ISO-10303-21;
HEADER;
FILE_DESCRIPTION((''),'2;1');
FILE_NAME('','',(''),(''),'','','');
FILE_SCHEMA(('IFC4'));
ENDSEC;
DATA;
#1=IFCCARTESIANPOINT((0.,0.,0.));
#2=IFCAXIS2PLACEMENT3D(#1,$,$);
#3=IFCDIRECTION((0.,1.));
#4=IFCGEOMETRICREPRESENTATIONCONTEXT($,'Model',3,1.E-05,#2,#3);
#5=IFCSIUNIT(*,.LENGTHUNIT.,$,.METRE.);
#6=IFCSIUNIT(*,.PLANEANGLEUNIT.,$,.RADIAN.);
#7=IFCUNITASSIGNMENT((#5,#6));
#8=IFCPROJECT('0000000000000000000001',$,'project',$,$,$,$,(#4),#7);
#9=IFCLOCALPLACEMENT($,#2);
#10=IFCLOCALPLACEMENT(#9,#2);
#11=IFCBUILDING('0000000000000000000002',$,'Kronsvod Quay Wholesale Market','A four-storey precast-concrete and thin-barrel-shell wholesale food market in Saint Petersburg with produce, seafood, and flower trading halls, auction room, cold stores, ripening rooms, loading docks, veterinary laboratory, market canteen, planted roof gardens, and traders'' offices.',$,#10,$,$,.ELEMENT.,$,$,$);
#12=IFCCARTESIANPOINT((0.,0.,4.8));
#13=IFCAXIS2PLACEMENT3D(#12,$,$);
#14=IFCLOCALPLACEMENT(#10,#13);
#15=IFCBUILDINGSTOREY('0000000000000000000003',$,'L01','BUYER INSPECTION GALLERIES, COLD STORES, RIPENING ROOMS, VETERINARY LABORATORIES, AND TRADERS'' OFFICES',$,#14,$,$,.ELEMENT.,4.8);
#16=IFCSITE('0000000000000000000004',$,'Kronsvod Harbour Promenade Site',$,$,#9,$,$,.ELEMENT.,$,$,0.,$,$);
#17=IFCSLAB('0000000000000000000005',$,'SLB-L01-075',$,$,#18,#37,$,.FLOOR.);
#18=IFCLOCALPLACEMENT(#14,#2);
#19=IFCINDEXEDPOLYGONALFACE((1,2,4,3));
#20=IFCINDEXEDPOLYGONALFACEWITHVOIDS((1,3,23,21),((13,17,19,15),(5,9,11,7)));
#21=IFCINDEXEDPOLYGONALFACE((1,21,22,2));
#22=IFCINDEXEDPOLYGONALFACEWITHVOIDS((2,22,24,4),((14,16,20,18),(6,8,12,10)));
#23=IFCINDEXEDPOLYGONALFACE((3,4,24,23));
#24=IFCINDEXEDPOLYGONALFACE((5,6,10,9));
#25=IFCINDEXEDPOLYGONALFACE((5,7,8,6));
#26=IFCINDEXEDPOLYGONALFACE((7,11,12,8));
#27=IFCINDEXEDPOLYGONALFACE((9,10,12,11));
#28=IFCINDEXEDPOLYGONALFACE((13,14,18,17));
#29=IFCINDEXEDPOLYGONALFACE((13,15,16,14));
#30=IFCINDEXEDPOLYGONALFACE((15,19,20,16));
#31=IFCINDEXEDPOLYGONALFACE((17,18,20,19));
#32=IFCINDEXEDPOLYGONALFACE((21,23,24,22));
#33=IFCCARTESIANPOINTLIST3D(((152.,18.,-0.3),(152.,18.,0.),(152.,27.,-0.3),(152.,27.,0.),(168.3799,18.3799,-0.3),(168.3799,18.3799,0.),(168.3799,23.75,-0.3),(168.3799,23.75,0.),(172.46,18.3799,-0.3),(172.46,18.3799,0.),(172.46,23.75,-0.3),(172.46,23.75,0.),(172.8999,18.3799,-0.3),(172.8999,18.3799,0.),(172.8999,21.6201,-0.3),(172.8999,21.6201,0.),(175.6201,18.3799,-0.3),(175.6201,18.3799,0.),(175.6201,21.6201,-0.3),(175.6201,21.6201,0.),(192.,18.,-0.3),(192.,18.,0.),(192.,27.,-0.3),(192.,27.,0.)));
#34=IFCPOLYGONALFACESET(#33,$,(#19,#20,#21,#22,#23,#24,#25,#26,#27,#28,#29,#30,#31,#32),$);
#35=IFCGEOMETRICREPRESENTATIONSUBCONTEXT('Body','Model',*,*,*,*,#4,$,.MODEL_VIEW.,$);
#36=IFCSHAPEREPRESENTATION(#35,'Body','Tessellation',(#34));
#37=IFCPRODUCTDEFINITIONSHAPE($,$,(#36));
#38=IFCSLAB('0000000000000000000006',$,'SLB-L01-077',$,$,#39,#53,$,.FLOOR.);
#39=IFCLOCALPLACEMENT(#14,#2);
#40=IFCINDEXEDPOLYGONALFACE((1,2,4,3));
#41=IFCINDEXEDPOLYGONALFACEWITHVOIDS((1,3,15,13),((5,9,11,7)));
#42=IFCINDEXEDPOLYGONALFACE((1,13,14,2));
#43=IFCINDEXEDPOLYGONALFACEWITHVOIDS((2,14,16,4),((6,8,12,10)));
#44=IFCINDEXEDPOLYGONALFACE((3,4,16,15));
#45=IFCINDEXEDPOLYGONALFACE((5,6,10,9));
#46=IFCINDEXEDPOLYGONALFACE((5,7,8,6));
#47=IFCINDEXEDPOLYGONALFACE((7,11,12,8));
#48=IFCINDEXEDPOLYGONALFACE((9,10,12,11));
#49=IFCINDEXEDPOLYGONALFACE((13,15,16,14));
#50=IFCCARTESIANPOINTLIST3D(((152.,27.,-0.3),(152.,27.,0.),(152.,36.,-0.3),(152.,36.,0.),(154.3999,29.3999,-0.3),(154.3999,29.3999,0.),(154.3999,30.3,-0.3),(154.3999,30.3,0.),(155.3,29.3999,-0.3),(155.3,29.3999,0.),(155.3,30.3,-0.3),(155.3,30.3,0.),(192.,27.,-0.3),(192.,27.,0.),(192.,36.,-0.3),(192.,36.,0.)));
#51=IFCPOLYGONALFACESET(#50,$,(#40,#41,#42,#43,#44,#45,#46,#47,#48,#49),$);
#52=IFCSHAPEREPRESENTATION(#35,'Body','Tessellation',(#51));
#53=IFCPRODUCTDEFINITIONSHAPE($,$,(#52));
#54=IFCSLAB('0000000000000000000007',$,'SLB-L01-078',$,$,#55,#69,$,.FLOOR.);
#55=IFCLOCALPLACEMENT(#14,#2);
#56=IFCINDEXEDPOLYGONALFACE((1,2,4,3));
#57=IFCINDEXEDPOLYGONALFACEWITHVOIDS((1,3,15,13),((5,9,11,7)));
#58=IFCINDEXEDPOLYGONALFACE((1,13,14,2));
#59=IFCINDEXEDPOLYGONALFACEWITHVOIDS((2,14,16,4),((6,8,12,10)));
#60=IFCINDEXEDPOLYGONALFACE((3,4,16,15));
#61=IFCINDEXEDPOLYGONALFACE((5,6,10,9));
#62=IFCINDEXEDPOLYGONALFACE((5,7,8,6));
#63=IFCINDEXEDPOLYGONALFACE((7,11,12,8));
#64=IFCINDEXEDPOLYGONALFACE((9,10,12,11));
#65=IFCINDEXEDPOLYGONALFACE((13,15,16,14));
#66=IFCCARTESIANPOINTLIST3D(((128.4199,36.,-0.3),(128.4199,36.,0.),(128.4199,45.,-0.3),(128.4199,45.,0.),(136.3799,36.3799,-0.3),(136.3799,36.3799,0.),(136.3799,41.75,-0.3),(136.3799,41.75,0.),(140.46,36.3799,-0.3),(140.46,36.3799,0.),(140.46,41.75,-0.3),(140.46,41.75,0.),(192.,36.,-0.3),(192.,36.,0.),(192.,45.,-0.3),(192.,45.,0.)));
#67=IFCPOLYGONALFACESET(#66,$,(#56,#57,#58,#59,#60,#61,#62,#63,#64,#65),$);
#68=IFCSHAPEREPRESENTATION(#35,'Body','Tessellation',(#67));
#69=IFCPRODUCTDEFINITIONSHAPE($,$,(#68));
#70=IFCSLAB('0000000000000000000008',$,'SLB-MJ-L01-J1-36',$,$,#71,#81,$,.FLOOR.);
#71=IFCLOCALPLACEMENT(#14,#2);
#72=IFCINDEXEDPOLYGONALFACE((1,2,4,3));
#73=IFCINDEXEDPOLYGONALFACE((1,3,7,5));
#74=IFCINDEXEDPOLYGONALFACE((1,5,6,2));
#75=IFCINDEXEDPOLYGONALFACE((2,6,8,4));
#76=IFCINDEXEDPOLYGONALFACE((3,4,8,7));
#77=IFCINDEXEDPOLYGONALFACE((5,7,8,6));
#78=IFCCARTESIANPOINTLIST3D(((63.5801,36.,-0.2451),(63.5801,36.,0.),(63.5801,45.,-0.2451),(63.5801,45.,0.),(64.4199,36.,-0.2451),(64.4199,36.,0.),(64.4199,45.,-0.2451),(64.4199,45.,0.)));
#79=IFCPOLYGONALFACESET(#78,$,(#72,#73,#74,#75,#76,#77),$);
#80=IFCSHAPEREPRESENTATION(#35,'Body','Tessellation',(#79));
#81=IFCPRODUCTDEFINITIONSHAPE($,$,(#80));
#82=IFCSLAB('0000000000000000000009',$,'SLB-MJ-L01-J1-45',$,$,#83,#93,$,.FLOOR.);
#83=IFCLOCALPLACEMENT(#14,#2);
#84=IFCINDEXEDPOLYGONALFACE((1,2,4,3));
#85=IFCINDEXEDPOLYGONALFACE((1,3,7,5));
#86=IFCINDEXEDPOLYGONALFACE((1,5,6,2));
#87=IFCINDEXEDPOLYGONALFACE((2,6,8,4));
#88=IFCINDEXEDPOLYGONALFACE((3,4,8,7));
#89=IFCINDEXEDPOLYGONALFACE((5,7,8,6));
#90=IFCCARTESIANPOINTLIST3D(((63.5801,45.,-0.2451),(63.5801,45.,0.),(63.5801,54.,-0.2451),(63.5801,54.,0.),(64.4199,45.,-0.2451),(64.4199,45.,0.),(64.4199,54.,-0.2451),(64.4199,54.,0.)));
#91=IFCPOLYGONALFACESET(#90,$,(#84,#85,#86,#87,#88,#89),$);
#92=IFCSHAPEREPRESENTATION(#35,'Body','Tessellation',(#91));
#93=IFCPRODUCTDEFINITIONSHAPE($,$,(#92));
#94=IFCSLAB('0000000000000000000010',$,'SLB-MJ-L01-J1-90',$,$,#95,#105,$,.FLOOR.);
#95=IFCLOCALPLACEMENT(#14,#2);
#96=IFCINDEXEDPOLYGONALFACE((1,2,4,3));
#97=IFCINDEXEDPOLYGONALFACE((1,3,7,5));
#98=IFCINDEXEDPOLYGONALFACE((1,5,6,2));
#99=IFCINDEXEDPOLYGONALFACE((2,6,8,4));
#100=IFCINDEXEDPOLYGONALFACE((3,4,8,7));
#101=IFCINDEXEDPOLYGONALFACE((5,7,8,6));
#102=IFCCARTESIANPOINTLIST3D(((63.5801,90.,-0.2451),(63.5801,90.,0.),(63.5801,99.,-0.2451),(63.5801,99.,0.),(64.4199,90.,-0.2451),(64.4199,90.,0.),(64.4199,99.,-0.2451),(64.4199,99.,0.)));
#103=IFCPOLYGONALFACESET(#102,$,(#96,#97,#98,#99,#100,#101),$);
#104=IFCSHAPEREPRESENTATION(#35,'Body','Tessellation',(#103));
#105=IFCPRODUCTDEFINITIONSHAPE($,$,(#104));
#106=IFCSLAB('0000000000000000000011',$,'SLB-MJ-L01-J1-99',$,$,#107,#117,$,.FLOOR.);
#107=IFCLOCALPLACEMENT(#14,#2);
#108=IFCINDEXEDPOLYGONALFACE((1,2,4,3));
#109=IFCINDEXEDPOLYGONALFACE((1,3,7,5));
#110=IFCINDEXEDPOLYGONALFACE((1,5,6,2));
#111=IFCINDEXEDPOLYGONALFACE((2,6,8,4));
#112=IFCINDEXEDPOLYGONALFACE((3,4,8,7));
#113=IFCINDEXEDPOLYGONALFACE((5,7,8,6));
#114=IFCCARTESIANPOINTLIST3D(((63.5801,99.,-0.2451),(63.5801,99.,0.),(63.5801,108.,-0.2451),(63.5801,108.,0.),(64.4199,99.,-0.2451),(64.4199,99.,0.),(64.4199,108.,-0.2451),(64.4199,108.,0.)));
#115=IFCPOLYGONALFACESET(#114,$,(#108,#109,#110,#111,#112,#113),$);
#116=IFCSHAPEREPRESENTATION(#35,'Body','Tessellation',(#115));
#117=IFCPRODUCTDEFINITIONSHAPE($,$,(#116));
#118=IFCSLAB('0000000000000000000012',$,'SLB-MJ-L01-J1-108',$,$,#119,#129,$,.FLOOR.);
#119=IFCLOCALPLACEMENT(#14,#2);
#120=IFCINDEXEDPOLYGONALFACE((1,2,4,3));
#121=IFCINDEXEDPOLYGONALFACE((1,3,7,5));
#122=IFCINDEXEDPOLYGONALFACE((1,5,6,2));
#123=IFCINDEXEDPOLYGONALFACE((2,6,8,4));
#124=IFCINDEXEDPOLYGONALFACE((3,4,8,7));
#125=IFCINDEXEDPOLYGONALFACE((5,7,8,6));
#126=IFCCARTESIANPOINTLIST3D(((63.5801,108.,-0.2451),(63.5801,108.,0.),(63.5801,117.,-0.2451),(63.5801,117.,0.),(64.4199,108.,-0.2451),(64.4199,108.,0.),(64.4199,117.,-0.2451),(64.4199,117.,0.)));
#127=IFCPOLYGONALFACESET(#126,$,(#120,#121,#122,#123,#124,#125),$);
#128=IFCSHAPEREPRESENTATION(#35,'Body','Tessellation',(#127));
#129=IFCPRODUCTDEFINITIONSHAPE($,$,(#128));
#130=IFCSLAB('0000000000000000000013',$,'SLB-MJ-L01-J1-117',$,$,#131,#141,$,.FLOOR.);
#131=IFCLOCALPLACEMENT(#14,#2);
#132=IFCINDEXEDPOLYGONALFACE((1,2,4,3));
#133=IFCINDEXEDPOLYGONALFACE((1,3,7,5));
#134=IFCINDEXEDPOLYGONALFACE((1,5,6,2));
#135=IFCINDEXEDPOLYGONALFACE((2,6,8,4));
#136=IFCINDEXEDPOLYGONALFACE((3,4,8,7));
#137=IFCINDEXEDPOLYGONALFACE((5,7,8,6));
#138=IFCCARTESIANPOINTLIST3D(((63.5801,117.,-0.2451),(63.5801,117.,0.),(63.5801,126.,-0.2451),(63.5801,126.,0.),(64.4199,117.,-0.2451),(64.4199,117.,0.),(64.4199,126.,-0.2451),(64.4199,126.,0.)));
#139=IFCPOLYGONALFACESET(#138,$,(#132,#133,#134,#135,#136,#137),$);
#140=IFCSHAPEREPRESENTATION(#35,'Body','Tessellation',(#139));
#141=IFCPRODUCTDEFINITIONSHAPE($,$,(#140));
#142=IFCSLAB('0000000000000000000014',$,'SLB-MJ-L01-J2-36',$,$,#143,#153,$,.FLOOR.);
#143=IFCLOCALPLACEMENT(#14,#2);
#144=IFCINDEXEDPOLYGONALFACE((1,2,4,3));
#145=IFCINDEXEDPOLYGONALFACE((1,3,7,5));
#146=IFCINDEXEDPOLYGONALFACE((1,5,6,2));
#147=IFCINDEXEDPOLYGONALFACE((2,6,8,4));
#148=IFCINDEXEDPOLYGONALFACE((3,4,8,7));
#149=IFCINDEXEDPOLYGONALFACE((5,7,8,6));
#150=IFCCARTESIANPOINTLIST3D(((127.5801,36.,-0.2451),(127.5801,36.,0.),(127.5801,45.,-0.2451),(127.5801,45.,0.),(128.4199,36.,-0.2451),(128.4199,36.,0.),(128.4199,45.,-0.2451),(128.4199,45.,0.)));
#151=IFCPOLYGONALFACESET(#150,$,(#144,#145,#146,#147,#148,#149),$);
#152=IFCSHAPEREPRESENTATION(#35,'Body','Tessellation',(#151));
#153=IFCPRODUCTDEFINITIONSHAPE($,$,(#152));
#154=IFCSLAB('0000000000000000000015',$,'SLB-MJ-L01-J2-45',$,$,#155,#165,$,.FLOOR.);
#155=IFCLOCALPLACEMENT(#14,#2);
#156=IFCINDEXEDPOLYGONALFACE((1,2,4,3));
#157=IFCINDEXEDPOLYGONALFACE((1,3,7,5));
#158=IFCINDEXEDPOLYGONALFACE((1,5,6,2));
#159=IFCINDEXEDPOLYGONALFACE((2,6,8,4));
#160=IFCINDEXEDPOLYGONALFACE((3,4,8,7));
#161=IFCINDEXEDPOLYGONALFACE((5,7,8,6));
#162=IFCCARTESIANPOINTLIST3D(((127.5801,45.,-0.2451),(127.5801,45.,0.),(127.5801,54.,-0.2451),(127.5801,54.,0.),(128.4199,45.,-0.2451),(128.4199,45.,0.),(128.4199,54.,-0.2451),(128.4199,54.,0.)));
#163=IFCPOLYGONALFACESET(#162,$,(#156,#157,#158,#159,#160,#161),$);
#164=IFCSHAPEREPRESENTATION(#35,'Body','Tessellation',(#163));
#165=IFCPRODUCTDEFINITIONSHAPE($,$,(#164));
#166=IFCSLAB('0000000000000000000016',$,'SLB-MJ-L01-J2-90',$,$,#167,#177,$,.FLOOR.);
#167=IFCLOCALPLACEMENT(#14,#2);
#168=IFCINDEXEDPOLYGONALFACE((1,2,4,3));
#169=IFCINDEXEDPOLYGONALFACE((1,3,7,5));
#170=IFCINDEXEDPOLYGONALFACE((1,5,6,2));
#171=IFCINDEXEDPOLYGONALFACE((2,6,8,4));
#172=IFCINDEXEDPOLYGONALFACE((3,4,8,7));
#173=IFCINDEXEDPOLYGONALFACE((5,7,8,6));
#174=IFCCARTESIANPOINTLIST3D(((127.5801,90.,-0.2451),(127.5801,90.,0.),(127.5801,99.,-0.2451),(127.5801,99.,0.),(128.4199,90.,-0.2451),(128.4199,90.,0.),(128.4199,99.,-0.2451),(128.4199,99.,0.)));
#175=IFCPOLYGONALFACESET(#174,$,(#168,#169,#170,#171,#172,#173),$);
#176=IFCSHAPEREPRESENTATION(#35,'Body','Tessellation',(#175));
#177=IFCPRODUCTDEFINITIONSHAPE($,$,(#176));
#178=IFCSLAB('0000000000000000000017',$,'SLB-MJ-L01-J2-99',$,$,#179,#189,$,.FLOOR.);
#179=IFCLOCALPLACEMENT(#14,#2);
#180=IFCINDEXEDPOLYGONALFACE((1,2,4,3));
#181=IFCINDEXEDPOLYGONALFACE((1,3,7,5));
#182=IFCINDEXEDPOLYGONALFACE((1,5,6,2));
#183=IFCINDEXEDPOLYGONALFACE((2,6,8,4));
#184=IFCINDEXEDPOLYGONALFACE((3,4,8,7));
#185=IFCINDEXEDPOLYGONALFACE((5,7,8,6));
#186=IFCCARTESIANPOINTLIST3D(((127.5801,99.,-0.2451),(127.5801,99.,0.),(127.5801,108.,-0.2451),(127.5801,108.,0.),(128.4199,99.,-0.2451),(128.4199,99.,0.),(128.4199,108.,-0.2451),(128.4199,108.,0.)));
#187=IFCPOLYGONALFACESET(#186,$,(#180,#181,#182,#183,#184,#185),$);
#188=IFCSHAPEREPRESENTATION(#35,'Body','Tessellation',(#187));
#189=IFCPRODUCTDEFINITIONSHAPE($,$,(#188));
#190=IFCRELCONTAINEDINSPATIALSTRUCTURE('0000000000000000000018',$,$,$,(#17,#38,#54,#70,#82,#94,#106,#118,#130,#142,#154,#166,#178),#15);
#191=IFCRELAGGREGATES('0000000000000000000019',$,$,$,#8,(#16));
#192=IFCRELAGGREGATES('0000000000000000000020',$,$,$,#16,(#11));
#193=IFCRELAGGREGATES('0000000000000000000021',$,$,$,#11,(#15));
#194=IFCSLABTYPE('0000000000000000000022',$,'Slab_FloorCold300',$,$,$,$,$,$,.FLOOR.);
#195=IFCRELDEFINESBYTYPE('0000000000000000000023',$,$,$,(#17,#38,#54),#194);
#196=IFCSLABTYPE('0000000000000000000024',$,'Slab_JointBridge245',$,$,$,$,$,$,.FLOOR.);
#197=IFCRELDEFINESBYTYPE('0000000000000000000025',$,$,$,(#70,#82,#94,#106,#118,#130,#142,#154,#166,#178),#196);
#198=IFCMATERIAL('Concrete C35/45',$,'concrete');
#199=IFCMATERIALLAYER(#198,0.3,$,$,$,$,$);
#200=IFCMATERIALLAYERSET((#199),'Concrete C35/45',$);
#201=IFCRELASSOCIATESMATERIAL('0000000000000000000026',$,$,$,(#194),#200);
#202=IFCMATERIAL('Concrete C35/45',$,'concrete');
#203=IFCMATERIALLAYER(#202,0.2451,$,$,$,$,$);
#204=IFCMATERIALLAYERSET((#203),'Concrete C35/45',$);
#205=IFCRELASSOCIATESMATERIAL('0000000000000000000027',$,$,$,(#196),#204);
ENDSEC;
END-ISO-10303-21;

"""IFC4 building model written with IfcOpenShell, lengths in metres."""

from ifc_helpers import new_model, si_unit, direction, frame, origin, place, context, subcontext, project, spatial, polyline, outline, extrude, material, layer, layer_set, type_object, element, save


model = new_model("IFC4")

# Units and contexts
model_context = context("Model", 3, precision=1e-05, world=origin(), true_north=direction((0.0, 1.0)))
body_context = subcontext(model_context, "Body", "Model", "MODEL_VIEW")
ifc_project = project(units=[si_unit("LENGTHUNIT", "METRE"), si_unit("PLANEANGLEUNIT", "RADIAN")], contexts=[model_context])

# Site, building, storey
site_placement = place(None, origin())
site = spatial("IfcSite", under=ifc_project, at=site_placement, Name="Kronsvod Harbour Promenade Site", CompositionType="ELEMENT", RefElevation=0.0)
building_placement = place(site_placement, origin())
building = spatial("IfcBuilding", under=site, at=building_placement, Name="Kronsvod Quay Wholesale Market", Description="A four-storey precast-concrete and thin-barrel-shell wholesale food market in Saint Petersburg with produce, seafood, and flower trading halls, auction room, cold stores, ripening rooms, loading docks, veterinary laboratory, market canteen, planted roof gardens, and traders' offices.", CompositionType="ELEMENT")
storey_placement = place(building_placement, frame((0.0, 0.0, 4.8)))
storey = spatial("IfcBuildingStorey", under=building, at=storey_placement, Name="L01", Description="BUYER INSPECTION GALLERIES, COLD STORES, RIPENING ROOMS, VETERINARY LABORATORIES, AND TRADERS' OFFICES", CompositionType="ELEMENT", Elevation=4.8)

# Slabs
ifc_material_1 = material(Name="Concrete C35/45", Category="concrete")
ifc_layer_1 = layer(ifc_material_1, 0.3)
ifc_layer_set_1 = layer_set([ifc_layer_1], Name="Concrete C35/45")
slab_type_1 = type_object("IfcSlabType", Name="Slab_FloorCold300", PredefinedType="FLOOR", material=ifc_layer_set_1)
slab_1_placement = place(storey_placement, frame((0.0, 0.0, -0.3)))
element("IfcSlab", 1, at=slab_1_placement, inside=storey, type_object=slab_type_1, Name="SLB-L01-075", PredefinedType="FLOOR", context=body_context, shape_type="SweptSolid", body=[
    extrude(outline(polyline([(152.0, 18.0), (192.0, 18.0), (192.0, 27.0), (152.0, 27.0), (152.0, 18.0)]), holes=[polyline([(168.3799, 18.3799), (172.46, 18.3799), (172.46, 23.75), (168.3799, 23.75), (168.3799, 18.3799)]), polyline([(172.8999, 18.3799), (175.6201, 18.3799), (175.6201, 21.6201), (172.8999, 21.6201), (172.8999, 18.3799)])]), origin(), (0.0, 0.0, 1.0), 0.3),
])
slab_2_placement = place(storey_placement, frame((0.0, 0.0, -0.3)))
element("IfcSlab", 2, at=slab_2_placement, inside=storey, type_object=slab_type_1, Name="SLB-L01-077", PredefinedType="FLOOR", context=body_context, shape_type="SweptSolid", body=[
    extrude(outline(polyline([(152.0, 27.0), (192.0, 27.0), (192.0, 36.0), (152.0, 36.0), (152.0, 27.0)]), holes=[polyline([(154.3999, 29.3999), (155.3, 29.3999), (155.3, 30.3), (154.3999, 30.3), (154.3999, 29.3999)])]), origin(), (0.0, 0.0, 1.0), 0.3),
])
slab_3_placement = place(storey_placement, frame((0.0, 0.0, -0.3)))
element("IfcSlab", 3, at=slab_3_placement, inside=storey, type_object=slab_type_1, Name="SLB-L01-078", PredefinedType="FLOOR", context=body_context, shape_type="SweptSolid", body=[
    extrude(outline(polyline([(128.4199, 36.0), (192.0, 36.0), (192.0, 45.0), (128.4199, 45.0), (128.4199, 36.0)]), holes=[polyline([(136.3799, 36.3799), (140.46, 36.3799), (140.46, 41.75), (136.3799, 41.75), (136.3799, 36.3799)])]), origin(), (0.0, 0.0, 1.0), 0.3),
])
ifc_material_2 = material(Name="Concrete C35/45", Category="concrete")
ifc_layer_2 = layer(ifc_material_2, 0.2451)
ifc_layer_set_2 = layer_set([ifc_layer_2], Name="Concrete C35/45")
slab_type_2 = type_object("IfcSlabType", Name="Slab_JointBridge245", PredefinedType="FLOOR", material=ifc_layer_set_2)
slab_4_placement = place(storey_placement, frame((0.0, 0.0, -0.2451)))
element("IfcSlab", 4, at=slab_4_placement, inside=storey, type_object=slab_type_2, Name="SLB-MJ-L01-J1-36", PredefinedType="FLOOR", context=body_context, shape_type="SweptSolid", body=[
    extrude(outline(polyline([(63.5801, 36.0), (64.4199, 36.0), (64.4199, 45.0), (63.5801, 45.0), (63.5801, 36.0)])), origin(), (0.0, 0.0, 1.0), 0.2451),
])
slab_5_placement = place(storey_placement, frame((0.0, 0.0, -0.2451)))
element("IfcSlab", 5, at=slab_5_placement, inside=storey, type_object=slab_type_2, Name="SLB-MJ-L01-J1-45", PredefinedType="FLOOR", context=body_context, shape_type="SweptSolid", body=[
    extrude(outline(polyline([(63.5801, 45.0), (64.4199, 45.0), (64.4199, 54.0), (63.5801, 54.0), (63.5801, 45.0)])), origin(), (0.0, 0.0, 1.0), 0.2451),
])
slab_6_placement = place(storey_placement, frame((0.0, 0.0, -0.2451)))
element("IfcSlab", 6, at=slab_6_placement, inside=storey, type_object=slab_type_2, Name="SLB-MJ-L01-J1-90", PredefinedType="FLOOR", context=body_context, shape_type="SweptSolid", body=[
    extrude(outline(polyline([(63.5801, 90.0), (64.4199, 90.0), (64.4199, 99.0), (63.5801, 99.0), (63.5801, 90.0)])), origin(), (0.0, 0.0, 1.0), 0.2451),
])
slab_7_placement = place(storey_placement, frame((0.0, 0.0, -0.2451)))
element("IfcSlab", 7, at=slab_7_placement, inside=storey, type_object=slab_type_2, Name="SLB-MJ-L01-J1-99", PredefinedType="FLOOR", context=body_context, shape_type="SweptSolid", body=[
    extrude(outline(polyline([(63.5801, 99.0), (64.4199, 99.0), (64.4199, 108.0), (63.5801, 108.0), (63.5801, 99.0)])), origin(), (0.0, 0.0, 1.0), 0.2451),
])
slab_8_placement = place(storey_placement, frame((0.0, 0.0, -0.2451)))
element("IfcSlab", 8, at=slab_8_placement, inside=storey, type_object=slab_type_2, Name="SLB-MJ-L01-J1-108", PredefinedType="FLOOR", context=body_context, shape_type="SweptSolid", body=[
    extrude(outline(polyline([(63.5801, 108.0), (64.4199, 108.0), (64.4199, 117.0), (63.5801, 117.0), (63.5801, 108.0)])), origin(), (0.0, 0.0, 1.0), 0.2451),
])
slab_9_placement = place(storey_placement, frame((0.0, 0.0, -0.2451)))
element("IfcSlab", 9, at=slab_9_placement, inside=storey, type_object=slab_type_2, Name="SLB-MJ-L01-J1-117", PredefinedType="FLOOR", context=body_context, shape_type="SweptSolid", body=[
    extrude(outline(polyline([(63.5801, 117.0), (64.4199, 117.0), (64.4199, 126.0), (63.5801, 126.0), (63.5801, 117.0)])), origin(), (0.0, 0.0, 1.0), 0.2451),
])
slab_10_placement = place(storey_placement, frame((0.0, 0.0, -0.2451)))
element("IfcSlab", 10, at=slab_10_placement, inside=storey, type_object=slab_type_2, Name="SLB-MJ-L01-J2-36", PredefinedType="FLOOR", context=body_context, shape_type="SweptSolid", body=[
    extrude(outline(polyline([(127.5801, 36.0), (128.4199, 36.0), (128.4199, 45.0), (127.5801, 45.0), (127.5801, 36.0)])), origin(), (0.0, 0.0, 1.0), 0.2451),
])
slab_11_placement = place(storey_placement, frame((0.0, 0.0, -0.2451)))
element("IfcSlab", 11, at=slab_11_placement, inside=storey, type_object=slab_type_2, Name="SLB-MJ-L01-J2-45", PredefinedType="FLOOR", context=body_context, shape_type="SweptSolid", body=[
    extrude(outline(polyline([(127.5801, 45.0), (128.4199, 45.0), (128.4199, 54.0), (127.5801, 54.0), (127.5801, 45.0)])), origin(), (0.0, 0.0, 1.0), 0.2451),
])
slab_12_placement = place(storey_placement, frame((0.0, 0.0, -0.2451)))
element("IfcSlab", 12, at=slab_12_placement, inside=storey, type_object=slab_type_2, Name="SLB-MJ-L01-J2-90", PredefinedType="FLOOR", context=body_context, shape_type="SweptSolid", body=[
    extrude(outline(polyline([(127.5801, 90.0), (128.4199, 90.0), (128.4199, 99.0), (127.5801, 99.0), (127.5801, 90.0)])), origin(), (0.0, 0.0, 1.0), 0.2451),
])
slab_13_placement = place(storey_placement, frame((0.0, 0.0, -0.2451)))
element("IfcSlab", 13, at=slab_13_placement, inside=storey, type_object=slab_type_2, Name="SLB-MJ-L01-J2-99", PredefinedType="FLOOR", context=body_context, shape_type="SweptSolid", body=[
    extrude(outline(polyline([(127.5801, 99.0), (128.4199, 99.0), (128.4199, 108.0), (127.5801, 108.0), (127.5801, 99.0)])), origin(), (0.0, 0.0, 1.0), 0.2451),
])

save(model, "model.ifc")
